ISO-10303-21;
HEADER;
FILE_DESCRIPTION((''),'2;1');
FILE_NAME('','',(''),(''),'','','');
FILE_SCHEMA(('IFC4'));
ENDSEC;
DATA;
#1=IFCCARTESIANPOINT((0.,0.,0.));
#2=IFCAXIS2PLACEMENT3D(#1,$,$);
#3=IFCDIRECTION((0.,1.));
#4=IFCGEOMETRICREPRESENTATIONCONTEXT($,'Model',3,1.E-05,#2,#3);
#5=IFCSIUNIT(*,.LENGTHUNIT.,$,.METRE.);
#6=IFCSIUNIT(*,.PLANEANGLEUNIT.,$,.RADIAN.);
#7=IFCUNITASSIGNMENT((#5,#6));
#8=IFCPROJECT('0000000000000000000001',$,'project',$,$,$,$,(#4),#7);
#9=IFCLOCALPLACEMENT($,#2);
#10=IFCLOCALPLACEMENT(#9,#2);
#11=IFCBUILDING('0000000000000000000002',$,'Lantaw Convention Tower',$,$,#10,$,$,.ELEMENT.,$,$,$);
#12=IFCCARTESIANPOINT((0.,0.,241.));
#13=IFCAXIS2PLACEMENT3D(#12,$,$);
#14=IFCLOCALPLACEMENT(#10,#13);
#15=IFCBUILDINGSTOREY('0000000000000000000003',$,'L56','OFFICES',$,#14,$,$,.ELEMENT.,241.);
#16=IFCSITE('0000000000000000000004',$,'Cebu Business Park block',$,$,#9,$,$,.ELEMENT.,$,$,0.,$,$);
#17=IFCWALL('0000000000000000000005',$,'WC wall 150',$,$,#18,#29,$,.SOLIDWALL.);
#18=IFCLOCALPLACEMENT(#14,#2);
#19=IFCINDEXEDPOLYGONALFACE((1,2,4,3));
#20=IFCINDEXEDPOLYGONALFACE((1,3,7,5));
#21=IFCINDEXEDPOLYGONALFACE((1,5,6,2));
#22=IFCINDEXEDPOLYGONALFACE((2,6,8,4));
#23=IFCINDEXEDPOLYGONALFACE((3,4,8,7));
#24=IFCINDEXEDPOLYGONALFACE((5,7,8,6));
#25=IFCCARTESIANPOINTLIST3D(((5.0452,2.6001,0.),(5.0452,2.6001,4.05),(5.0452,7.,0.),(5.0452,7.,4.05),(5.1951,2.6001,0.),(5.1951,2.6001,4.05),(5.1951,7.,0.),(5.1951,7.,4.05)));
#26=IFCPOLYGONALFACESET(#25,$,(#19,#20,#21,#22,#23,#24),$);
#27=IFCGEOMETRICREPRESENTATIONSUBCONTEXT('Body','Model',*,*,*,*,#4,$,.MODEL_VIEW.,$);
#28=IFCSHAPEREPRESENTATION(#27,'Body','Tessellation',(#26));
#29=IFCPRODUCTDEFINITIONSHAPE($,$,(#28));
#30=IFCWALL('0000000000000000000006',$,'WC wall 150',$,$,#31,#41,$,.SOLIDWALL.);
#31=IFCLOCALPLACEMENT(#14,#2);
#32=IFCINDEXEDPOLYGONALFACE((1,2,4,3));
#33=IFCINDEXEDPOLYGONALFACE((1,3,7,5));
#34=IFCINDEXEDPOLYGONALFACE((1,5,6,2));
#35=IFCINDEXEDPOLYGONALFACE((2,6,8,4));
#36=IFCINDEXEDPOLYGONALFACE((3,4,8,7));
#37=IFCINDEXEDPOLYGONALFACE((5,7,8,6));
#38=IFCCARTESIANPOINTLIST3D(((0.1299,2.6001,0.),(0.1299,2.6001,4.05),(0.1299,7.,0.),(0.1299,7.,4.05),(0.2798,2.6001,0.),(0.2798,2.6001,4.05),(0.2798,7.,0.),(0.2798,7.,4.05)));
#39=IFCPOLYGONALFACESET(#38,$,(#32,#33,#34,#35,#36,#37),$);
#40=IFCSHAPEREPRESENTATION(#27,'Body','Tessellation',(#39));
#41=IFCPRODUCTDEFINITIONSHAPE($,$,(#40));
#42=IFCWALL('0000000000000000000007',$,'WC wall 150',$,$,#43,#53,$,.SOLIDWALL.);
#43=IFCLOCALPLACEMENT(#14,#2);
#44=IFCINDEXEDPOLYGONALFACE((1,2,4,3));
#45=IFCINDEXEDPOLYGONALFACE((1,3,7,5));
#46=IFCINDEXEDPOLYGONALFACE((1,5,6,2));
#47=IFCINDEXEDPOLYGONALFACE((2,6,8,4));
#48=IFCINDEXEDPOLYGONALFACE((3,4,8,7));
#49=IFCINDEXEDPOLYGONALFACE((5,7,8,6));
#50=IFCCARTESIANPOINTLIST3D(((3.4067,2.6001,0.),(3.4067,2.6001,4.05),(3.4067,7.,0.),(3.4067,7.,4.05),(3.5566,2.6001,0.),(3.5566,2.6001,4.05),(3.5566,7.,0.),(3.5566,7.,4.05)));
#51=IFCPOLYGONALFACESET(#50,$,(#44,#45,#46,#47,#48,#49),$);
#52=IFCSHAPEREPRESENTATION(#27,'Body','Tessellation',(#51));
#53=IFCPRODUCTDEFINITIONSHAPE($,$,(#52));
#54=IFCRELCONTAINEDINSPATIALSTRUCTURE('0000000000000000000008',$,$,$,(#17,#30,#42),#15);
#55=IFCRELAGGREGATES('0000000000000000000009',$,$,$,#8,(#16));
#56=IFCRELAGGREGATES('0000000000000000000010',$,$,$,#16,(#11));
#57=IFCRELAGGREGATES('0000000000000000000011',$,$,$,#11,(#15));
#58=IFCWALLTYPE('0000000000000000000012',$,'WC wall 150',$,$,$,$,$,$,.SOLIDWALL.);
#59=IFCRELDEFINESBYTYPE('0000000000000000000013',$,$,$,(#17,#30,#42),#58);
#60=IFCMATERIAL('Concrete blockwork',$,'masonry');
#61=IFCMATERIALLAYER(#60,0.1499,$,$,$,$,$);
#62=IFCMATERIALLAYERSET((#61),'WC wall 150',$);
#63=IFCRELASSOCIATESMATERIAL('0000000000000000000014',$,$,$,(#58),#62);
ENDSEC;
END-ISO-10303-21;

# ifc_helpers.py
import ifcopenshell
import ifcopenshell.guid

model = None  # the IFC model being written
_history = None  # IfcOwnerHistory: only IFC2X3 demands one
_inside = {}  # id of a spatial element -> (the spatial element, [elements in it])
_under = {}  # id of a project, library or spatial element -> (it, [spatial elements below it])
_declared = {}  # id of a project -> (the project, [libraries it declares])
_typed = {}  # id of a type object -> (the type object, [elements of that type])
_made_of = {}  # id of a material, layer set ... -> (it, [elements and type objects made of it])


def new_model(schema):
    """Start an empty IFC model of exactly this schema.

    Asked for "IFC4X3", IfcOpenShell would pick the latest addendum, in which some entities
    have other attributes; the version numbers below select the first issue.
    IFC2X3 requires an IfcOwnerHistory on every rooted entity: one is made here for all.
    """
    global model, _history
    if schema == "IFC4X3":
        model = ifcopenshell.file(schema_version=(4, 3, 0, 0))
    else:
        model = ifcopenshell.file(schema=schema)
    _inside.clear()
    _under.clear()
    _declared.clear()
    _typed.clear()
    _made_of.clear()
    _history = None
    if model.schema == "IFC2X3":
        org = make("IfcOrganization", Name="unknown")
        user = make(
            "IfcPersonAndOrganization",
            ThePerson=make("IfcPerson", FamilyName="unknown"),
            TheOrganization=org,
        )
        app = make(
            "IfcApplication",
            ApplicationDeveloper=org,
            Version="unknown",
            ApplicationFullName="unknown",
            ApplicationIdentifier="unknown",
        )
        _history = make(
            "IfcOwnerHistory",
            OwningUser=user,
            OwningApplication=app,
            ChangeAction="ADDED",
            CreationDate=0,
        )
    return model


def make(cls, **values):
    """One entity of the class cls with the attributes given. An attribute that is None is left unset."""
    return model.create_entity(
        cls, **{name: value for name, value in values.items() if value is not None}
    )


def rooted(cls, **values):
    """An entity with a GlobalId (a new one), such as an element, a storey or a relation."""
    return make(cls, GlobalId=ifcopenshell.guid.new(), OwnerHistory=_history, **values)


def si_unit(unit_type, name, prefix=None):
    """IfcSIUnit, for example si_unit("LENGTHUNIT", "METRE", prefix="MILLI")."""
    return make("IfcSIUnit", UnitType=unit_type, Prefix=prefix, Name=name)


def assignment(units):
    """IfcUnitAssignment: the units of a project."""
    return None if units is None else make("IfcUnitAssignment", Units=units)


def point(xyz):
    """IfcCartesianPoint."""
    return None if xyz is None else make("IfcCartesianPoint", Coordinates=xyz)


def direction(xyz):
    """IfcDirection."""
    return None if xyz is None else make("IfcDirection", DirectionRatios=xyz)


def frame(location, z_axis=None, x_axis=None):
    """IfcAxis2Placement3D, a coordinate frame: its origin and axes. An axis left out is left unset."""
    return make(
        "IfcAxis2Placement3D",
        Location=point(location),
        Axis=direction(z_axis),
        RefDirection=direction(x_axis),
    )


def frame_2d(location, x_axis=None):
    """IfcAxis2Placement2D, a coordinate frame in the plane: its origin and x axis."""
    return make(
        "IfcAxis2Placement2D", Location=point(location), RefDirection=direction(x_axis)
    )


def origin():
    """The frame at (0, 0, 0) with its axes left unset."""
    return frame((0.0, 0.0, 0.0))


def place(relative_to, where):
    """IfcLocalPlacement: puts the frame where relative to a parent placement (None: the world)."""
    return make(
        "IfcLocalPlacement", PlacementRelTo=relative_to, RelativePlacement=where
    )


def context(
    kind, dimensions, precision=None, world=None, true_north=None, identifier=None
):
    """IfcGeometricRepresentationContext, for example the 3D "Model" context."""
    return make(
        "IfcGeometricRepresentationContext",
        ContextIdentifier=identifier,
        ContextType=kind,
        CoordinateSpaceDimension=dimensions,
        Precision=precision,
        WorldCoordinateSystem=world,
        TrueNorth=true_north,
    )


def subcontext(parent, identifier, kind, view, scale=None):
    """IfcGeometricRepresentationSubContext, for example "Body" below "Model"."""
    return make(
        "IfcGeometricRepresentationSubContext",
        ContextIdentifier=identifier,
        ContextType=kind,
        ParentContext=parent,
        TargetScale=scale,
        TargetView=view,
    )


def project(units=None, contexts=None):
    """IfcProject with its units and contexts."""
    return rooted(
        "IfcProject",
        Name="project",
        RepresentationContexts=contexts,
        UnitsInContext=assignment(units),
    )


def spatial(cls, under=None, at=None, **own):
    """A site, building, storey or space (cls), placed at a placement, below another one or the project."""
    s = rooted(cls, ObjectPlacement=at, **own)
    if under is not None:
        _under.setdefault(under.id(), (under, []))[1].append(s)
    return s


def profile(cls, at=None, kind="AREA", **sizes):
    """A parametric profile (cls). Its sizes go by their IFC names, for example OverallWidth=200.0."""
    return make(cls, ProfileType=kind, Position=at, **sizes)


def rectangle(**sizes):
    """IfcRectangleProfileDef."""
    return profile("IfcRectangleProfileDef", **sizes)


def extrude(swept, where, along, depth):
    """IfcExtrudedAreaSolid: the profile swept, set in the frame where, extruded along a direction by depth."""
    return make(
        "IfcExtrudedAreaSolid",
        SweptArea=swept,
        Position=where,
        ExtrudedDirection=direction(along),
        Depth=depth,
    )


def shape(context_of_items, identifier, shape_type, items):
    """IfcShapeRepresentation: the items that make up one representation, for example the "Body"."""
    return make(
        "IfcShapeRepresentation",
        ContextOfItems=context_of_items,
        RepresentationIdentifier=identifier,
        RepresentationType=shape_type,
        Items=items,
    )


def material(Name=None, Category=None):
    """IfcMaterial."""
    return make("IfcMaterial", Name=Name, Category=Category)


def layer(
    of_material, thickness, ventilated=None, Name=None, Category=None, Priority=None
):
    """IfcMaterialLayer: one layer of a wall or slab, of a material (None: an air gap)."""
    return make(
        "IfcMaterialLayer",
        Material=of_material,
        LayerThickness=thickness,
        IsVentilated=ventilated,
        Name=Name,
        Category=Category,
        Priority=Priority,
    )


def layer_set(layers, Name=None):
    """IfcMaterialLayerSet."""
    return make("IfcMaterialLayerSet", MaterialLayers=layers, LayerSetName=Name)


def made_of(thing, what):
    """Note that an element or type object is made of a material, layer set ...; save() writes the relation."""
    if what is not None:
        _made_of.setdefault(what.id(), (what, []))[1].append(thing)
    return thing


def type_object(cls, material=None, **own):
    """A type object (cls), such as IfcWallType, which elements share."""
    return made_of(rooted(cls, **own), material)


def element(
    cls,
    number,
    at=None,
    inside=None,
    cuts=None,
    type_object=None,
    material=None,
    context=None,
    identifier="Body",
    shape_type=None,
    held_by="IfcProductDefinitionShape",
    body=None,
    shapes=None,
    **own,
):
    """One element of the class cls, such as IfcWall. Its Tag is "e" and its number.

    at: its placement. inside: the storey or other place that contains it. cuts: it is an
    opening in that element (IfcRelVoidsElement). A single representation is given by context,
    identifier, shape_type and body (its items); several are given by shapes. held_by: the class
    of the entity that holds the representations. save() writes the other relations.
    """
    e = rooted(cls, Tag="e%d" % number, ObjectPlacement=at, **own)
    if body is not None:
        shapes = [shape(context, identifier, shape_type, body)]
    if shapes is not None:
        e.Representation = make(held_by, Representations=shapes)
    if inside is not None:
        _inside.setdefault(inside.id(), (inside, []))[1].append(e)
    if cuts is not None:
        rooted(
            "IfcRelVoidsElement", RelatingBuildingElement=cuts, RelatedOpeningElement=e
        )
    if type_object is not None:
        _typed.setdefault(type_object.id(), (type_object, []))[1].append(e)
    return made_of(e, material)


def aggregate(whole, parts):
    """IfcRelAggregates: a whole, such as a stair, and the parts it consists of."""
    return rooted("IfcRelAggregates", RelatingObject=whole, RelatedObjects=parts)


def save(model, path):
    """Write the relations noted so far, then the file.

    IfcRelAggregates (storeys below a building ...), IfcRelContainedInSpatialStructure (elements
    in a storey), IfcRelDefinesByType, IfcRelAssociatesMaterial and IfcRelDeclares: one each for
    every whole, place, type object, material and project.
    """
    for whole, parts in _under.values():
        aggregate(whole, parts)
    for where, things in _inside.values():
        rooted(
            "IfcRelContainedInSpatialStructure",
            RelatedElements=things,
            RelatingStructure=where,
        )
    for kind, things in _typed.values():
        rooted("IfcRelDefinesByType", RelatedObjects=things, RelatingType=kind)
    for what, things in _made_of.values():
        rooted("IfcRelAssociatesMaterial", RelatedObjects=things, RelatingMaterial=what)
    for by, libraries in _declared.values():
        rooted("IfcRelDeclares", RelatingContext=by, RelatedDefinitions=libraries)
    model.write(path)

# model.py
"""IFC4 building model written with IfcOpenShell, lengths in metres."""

from ifc_helpers import new_model, si_unit, direction, frame, frame_2d, origin, place, context, subcontext, project, spatial, rectangle, extrude, material, layer, layer_set, type_object, element, save


model = new_model("IFC4")

# Units and contexts
model_context = context("Model", 3, precision=1e-05, world=origin(), true_north=direction((0.0, 1.0)))
body_context = subcontext(model_context, "Body", "Model", "MODEL_VIEW")
ifc_project = project(units=[si_unit("LENGTHUNIT", "METRE"), si_unit("PLANEANGLEUNIT", "RADIAN")], contexts=[model_context])

# Site, building, storey
site_placement = place(None, origin())
site = spatial("IfcSite", under=ifc_project, at=site_placement, Name="Cebu Business Park block", CompositionType="ELEMENT", RefElevation=0.0)
building_placement = place(site_placement, origin())
building = spatial("IfcBuilding", under=site, at=building_placement, Name="Lantaw Convention Tower", CompositionType="ELEMENT")
storey_placement = place(building_placement, frame((0.0, 0.0, 241.0)))
storey = spatial("IfcBuildingStorey", under=building, at=storey_placement, Name="L56", Description="OFFICES", CompositionType="ELEMENT", Elevation=241.0)

# Walls
ifc_material_1 = material(Name="Concrete blockwork", Category="masonry")
ifc_layer_1 = layer(ifc_material_1, 0.1499)
ifc_layer_set_1 = layer_set([ifc_layer_1], Name="WC wall 150")
wall_type_1 = type_object("IfcWallType", Name="WC wall 150", PredefinedType="SOLIDWALL", material=ifc_layer_set_1)
for number, where, z_axis, x_axis, name in (
    (1, (5.1201, 2.6001, 0.0), (0.0, 0.0, 1.0), (0.0, 1.0, 0.0), "WC wall 150"),
    (2, (0.2048, 2.6001, 0.0), (0.0, 0.0, 1.0), (0.0, 1.0, 0.0), "WC wall 150"),
    (3, (3.4817, 2.6001, 0.0), (0.0, 0.0, 1.0), (0.0, 1.0, 0.0), "WC wall 150"),
):
    element("IfcWall", number, at=place(storey_placement, frame(where, z_axis=z_axis, x_axis=x_axis)), inside=storey, type_object=wall_type_1, Name=name, PredefinedType="SOLIDWALL", context=body_context, shape_type="SweptSolid", body=[
        extrude(rectangle(XDim=4.3999, YDim=0.1499, at=frame_2d((2.2, 0.0))), origin(), (0.0, 0.0, 1.0), 4.05),
    ])

save(model, "model.ifc")
